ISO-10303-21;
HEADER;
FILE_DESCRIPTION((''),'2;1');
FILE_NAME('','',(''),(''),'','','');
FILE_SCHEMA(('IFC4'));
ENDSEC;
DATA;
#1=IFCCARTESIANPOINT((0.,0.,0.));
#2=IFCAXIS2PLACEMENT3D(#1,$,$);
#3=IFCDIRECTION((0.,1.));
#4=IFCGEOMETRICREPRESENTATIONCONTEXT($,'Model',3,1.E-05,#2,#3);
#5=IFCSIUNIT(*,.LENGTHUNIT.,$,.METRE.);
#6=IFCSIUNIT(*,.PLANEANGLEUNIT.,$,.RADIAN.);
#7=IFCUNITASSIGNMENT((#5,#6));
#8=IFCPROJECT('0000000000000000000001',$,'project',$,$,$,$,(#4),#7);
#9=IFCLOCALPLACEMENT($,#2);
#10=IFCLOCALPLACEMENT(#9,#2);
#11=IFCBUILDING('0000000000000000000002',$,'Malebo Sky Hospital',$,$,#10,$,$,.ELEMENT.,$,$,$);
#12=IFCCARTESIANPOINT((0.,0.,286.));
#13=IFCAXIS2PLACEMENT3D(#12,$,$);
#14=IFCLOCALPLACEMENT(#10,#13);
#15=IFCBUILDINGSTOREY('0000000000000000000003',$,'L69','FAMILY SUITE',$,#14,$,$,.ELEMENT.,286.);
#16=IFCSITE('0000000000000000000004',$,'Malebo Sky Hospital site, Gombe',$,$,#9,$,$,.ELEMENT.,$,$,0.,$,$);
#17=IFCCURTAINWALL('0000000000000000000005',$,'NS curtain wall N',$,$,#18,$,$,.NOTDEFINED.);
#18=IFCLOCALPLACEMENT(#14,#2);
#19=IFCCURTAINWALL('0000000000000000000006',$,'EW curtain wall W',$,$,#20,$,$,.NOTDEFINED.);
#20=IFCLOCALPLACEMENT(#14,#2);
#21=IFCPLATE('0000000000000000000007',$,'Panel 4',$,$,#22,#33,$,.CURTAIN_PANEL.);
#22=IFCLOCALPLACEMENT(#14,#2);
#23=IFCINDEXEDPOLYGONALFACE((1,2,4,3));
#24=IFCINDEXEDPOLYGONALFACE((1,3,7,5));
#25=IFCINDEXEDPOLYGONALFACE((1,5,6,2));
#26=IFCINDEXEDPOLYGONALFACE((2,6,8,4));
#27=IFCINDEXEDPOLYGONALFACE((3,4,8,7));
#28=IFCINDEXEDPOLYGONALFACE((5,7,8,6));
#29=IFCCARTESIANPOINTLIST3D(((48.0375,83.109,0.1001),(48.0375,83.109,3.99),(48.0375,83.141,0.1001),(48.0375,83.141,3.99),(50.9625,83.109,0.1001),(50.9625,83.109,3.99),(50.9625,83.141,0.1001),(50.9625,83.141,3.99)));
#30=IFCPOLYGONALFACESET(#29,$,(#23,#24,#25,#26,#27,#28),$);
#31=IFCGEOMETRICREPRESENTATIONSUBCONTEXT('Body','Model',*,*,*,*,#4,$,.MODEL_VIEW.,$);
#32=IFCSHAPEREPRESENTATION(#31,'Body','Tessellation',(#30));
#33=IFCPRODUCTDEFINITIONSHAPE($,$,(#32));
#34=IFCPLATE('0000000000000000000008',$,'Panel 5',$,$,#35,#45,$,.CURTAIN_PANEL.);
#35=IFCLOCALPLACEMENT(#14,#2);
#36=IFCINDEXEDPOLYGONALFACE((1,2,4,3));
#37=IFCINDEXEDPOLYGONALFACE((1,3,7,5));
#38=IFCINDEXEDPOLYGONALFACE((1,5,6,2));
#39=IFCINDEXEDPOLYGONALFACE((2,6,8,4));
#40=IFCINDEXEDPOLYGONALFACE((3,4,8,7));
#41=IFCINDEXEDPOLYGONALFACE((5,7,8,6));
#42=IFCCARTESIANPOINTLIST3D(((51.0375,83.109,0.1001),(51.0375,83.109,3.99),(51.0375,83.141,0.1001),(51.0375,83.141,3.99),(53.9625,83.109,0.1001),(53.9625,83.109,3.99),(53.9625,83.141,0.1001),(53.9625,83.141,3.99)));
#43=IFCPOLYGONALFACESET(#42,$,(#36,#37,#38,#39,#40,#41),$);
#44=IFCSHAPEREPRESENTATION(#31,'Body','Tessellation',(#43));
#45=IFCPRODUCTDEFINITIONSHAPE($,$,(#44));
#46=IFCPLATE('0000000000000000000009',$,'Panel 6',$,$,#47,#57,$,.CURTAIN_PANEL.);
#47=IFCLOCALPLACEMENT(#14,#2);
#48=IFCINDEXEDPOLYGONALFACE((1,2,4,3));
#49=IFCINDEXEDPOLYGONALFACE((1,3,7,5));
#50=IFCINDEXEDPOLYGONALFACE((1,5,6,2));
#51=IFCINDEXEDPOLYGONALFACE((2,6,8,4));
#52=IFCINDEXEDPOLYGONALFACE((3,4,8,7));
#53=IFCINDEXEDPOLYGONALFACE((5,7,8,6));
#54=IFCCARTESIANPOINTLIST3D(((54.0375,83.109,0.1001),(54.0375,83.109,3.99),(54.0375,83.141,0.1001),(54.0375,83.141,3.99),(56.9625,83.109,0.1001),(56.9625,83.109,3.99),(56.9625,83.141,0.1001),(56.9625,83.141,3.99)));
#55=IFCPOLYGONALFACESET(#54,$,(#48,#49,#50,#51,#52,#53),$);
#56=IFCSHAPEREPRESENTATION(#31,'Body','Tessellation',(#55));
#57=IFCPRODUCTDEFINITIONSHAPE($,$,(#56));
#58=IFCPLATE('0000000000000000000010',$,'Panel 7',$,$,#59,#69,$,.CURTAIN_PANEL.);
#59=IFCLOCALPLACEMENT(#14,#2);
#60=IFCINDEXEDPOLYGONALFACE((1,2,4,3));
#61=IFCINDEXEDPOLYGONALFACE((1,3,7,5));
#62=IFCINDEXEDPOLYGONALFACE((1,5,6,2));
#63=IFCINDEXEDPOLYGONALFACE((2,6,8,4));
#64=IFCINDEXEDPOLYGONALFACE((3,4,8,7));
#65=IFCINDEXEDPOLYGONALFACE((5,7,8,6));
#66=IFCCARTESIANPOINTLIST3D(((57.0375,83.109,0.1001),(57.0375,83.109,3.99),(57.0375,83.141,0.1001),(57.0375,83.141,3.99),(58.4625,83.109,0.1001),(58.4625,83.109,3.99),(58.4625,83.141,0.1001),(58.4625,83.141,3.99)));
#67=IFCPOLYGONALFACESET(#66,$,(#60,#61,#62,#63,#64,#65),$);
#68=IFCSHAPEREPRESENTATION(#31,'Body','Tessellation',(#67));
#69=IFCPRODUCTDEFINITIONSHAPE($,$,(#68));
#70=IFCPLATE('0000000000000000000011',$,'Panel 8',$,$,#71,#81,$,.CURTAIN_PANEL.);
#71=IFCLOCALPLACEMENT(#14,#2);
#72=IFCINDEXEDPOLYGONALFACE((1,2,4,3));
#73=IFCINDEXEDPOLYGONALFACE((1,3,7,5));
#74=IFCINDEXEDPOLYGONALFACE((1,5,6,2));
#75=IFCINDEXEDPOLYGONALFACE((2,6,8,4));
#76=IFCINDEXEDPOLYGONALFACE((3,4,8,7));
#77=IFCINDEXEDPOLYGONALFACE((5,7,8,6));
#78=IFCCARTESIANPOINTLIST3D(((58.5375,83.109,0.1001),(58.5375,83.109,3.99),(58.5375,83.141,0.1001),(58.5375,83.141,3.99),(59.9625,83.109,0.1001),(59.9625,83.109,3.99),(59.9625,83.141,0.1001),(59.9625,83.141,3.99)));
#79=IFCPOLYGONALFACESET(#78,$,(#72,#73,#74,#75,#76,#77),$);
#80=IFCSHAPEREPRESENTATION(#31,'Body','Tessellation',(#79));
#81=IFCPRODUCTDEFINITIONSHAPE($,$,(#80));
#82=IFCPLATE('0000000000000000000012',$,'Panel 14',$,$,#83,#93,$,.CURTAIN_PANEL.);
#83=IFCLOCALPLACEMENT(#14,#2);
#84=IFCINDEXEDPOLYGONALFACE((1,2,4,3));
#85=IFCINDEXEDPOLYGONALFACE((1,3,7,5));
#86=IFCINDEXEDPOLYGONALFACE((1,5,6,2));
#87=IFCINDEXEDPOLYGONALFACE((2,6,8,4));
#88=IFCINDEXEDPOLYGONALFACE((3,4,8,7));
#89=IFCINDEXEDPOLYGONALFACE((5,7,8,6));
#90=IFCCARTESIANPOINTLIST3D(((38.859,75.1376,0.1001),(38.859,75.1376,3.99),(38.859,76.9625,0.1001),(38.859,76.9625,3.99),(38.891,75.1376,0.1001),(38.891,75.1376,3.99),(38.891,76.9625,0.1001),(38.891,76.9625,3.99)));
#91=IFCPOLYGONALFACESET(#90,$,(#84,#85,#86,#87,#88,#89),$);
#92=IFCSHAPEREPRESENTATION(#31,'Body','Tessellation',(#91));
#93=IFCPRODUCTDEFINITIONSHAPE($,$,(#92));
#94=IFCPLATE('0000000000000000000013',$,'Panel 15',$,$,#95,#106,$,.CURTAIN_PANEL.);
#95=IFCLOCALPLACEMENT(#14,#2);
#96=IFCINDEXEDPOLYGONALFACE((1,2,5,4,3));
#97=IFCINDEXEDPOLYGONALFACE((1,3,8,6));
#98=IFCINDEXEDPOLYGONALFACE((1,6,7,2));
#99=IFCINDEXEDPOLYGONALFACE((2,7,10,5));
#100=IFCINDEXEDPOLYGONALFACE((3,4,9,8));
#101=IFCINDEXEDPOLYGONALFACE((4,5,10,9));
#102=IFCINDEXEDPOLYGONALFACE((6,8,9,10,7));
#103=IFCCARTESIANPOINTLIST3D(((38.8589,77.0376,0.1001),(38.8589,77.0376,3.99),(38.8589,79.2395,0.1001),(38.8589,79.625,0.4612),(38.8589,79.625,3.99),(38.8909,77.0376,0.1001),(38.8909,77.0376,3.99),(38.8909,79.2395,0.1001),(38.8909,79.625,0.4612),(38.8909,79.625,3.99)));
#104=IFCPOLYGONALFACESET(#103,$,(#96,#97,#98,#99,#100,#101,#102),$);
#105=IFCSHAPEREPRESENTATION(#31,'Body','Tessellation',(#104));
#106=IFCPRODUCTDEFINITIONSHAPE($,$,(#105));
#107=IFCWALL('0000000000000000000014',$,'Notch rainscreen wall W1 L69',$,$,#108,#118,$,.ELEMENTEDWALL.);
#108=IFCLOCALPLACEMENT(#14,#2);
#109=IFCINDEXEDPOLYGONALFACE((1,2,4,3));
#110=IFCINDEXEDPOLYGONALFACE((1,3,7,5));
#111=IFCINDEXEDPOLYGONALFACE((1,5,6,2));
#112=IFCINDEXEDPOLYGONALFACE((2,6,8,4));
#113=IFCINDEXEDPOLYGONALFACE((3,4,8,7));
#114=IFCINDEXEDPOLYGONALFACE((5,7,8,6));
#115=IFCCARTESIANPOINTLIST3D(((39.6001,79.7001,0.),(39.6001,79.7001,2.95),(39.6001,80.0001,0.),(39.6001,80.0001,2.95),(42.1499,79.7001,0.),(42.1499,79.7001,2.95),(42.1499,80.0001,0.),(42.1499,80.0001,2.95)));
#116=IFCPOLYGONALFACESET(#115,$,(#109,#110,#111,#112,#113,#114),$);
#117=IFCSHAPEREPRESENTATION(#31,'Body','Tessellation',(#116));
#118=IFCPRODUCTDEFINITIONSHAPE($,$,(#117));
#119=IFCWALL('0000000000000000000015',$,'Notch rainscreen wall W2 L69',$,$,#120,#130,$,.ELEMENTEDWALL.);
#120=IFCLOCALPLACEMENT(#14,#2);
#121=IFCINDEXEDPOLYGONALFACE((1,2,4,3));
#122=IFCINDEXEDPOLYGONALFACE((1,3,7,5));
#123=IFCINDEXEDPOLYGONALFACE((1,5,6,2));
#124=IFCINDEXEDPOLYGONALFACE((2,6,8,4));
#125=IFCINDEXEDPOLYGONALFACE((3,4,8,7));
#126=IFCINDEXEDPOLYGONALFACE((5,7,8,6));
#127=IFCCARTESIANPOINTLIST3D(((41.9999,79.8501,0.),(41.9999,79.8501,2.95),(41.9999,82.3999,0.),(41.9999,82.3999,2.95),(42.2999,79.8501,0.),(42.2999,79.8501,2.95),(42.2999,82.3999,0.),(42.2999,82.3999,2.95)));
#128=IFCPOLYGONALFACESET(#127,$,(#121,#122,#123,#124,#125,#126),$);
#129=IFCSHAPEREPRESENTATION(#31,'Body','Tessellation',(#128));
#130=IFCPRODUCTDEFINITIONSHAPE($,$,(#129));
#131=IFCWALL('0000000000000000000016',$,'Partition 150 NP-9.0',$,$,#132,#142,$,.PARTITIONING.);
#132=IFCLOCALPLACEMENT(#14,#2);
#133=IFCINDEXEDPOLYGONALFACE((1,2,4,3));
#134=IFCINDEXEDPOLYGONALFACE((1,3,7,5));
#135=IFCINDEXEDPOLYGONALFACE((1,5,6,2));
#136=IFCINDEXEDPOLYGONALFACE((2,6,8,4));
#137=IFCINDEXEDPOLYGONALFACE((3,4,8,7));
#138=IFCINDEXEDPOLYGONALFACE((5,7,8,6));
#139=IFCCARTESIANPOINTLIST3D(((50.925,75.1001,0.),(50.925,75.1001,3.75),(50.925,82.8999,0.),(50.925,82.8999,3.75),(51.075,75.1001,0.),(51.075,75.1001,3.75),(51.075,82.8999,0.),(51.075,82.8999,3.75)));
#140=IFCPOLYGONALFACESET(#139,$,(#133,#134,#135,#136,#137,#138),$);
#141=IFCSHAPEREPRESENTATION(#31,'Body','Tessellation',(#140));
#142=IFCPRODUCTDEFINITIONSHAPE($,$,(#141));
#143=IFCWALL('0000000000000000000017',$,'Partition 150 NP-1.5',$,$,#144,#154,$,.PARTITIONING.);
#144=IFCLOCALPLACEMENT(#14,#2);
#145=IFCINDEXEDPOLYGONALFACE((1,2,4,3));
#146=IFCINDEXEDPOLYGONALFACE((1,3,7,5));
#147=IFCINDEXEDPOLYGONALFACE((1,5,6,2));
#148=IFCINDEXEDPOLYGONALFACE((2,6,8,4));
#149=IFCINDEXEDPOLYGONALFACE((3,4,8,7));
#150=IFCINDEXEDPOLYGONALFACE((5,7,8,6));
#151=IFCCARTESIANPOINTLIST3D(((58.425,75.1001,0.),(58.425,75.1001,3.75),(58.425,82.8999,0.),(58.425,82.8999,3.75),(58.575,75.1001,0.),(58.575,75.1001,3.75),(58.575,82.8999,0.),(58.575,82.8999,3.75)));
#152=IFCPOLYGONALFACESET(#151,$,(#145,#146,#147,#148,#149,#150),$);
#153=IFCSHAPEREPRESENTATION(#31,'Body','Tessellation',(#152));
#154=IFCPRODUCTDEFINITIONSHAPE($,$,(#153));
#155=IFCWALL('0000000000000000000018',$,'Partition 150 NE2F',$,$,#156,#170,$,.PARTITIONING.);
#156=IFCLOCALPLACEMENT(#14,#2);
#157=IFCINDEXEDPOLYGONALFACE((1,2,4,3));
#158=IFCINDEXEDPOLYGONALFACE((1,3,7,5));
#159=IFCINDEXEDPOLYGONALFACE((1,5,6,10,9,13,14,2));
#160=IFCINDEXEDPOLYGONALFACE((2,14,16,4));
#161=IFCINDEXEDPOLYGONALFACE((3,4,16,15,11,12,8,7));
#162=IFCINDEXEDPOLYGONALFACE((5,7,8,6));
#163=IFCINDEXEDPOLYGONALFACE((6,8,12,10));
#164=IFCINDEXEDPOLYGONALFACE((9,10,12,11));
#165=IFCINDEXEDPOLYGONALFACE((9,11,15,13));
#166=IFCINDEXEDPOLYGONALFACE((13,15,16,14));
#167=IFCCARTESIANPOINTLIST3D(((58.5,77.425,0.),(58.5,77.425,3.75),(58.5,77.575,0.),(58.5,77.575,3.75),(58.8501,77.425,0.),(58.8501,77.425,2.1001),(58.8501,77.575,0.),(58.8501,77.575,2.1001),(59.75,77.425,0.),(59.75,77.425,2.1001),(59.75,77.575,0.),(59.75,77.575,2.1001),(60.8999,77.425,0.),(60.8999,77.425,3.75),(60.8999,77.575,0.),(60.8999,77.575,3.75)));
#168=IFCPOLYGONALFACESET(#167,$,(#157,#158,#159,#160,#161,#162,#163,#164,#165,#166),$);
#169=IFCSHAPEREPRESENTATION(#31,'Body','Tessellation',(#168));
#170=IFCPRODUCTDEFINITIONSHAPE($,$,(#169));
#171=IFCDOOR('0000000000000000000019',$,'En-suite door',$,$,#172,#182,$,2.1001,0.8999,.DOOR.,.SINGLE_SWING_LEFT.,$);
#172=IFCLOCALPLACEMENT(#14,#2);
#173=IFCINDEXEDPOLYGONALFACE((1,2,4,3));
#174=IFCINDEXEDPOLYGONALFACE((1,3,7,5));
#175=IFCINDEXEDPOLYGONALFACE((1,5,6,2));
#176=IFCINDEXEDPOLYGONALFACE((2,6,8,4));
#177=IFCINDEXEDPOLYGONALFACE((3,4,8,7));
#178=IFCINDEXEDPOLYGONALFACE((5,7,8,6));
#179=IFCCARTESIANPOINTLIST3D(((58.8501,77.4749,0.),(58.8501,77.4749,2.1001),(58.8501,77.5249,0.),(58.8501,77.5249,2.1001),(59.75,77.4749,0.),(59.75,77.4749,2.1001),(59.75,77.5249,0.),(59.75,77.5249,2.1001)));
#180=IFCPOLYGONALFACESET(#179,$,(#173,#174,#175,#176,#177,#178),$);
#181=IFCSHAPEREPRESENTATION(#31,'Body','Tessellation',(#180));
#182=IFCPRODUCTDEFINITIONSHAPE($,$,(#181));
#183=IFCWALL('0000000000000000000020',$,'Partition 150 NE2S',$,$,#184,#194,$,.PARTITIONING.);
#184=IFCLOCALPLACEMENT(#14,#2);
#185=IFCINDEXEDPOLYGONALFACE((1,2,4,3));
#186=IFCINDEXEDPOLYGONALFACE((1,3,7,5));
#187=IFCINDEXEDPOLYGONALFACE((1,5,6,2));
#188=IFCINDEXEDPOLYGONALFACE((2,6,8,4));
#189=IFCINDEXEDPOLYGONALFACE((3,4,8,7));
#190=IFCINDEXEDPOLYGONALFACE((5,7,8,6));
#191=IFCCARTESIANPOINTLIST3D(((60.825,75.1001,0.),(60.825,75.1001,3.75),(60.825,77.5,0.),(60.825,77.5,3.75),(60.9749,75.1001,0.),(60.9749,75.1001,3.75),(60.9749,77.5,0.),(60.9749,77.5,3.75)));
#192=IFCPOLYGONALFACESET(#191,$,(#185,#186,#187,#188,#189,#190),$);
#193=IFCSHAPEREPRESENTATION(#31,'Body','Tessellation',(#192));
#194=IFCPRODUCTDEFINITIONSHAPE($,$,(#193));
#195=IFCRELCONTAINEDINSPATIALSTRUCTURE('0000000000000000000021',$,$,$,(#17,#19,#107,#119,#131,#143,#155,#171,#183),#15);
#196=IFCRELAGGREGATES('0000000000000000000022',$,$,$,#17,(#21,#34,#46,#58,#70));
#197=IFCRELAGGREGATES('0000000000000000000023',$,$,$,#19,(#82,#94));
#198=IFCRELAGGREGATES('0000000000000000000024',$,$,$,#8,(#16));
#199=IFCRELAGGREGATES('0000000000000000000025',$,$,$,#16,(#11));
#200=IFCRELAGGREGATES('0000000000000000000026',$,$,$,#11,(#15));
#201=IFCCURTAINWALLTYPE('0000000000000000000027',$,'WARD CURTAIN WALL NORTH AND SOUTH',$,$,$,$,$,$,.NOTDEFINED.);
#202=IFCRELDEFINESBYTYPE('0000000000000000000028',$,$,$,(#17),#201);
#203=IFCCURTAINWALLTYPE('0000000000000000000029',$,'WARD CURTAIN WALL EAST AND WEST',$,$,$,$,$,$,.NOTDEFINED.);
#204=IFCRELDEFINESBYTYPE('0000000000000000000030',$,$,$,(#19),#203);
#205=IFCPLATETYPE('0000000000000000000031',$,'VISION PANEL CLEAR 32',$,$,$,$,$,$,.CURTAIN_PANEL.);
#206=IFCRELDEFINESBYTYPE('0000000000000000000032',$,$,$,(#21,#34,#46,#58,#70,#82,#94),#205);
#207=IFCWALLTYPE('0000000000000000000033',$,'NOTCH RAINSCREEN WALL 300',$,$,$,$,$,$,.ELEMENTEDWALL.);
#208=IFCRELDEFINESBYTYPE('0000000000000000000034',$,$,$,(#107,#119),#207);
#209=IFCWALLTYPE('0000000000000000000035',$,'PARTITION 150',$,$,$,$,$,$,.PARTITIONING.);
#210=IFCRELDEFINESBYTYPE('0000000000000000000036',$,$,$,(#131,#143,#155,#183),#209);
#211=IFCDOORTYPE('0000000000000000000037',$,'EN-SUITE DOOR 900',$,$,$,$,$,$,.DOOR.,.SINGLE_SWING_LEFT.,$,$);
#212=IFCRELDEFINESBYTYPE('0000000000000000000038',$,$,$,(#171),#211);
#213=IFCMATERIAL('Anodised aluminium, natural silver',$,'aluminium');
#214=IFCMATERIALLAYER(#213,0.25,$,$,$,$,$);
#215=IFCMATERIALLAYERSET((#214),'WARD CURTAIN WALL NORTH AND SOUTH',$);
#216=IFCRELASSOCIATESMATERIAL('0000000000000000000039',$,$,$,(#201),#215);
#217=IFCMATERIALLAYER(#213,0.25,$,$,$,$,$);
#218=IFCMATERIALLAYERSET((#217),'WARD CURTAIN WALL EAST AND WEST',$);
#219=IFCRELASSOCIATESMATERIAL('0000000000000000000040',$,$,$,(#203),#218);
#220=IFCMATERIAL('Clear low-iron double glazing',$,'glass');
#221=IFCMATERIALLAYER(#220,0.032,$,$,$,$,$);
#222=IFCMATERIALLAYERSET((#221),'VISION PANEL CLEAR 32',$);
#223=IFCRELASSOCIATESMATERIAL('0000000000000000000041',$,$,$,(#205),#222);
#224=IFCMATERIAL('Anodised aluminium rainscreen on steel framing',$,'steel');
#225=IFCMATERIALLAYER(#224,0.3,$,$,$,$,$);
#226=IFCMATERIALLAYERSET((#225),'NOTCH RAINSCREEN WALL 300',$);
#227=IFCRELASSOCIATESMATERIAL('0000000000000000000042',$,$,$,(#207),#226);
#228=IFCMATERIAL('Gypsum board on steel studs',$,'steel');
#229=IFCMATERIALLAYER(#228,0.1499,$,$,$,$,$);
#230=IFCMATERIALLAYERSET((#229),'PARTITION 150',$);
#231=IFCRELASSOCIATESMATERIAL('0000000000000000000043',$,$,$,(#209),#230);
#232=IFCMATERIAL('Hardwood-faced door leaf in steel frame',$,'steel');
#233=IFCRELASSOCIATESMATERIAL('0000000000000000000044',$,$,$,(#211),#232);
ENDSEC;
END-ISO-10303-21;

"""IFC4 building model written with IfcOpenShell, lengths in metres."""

from ifc_helpers import new_model, si_unit, direction, frame, frame_2d, origin, origin_2d, place, context, subcontext, project, spatial, polyline, rectangle, outline, extrude, material, layer, layer_set, type_object, element, fill, aggregate, save


model = new_model("IFC4")

# Units and contexts
model_context = context("Model", 3, precision=1e-05, world=origin(), true_north=direction((0.0, 1.0)))
body_context = subcontext(model_context, "Body", "Model", "MODEL_VIEW")
ifc_project = project(units=[si_unit("LENGTHUNIT", "METRE"), si_unit("PLANEANGLEUNIT", "RADIAN")], contexts=[model_context])

# Site, building, storey
site_placement = place(None, origin())
site = spatial("IfcSite", under=ifc_project, at=site_placement, Name="Malebo Sky Hospital site, Gombe", CompositionType="ELEMENT", RefElevation=0.0)
building_placement = place(site_placement, origin())
building = spatial("IfcBuilding", under=site, at=building_placement, Name="Malebo Sky Hospital", CompositionType="ELEMENT")
storey_placement = place(building_placement, frame((0.0, 0.0, 286.0)))
storey = spatial("IfcBuildingStorey", under=building, at=storey_placement, Name="L69", Description="FAMILY SUITE", CompositionType="ELEMENT", Elevation=286.0)

# Curtain walls
ifc_material_1 = material(Name="Anodised aluminium, natural silver", Category="aluminium")
ifc_layer_1 = layer(ifc_material_1, 0.25)
ifc_layer_set_1 = layer_set([ifc_layer_1], Name="WARD CURTAIN WALL NORTH AND SOUTH")
curtain_wall_type_1 = type_object("IfcCurtainWallType", Name="WARD CURTAIN WALL NORTH AND SOUTH", PredefinedType="NOTDEFINED", material=ifc_layer_set_1)
curtain_wall_1_placement = place(storey_placement, origin())
curtain_wall_1 = element("IfcCurtainWall", 1, at=curtain_wall_1_placement, inside=storey, type_object=curtain_wall_type_1, Name="NS curtain wall N", PredefinedType="NOTDEFINED")
ifc_layer_2 = layer(ifc_material_1, 0.25)
ifc_layer_set_2 = layer_set([ifc_layer_2], Name="WARD CURTAIN WALL EAST AND WEST")
curtain_wall_type_2 = type_object("IfcCurtainWallType", Name="WARD CURTAIN WALL EAST AND WEST", PredefinedType="NOTDEFINED", material=ifc_layer_set_2)
curtain_wall_2_placement = place(storey_placement, origin())
curtain_wall_2 = element("IfcCurtainWall", 2, at=curtain_wall_2_placement, inside=storey, type_object=curtain_wall_type_2, Name="EW curtain wall W", PredefinedType="NOTDEFINED")

# Plates
ifc_material_2 = material(Name="Clear low-iron double glazing", Category="glass")
ifc_layer_3 = layer(ifc_material_2, 0.032)
ifc_layer_set_3 = layer_set([ifc_layer_3], Name="VISION PANEL CLEAR 32")
plate_type = type_object("IfcPlateType", Name="VISION PANEL CLEAR 32", PredefinedType="CURTAIN_PANEL", material=ifc_layer_set_3)
plate_1_placement = place(storey_placement, frame((49.5, 83.125, 0.1001), z_axis=(0.0, 0.0, 1.0), x_axis=(1.0, 0.0, 0.0)))
plate_1 = element("IfcPlate", 3, at=plate_1_placement, type_object=plate_type, Name="Panel 4", PredefinedType="CURTAIN_PANEL", context=body_context, shape_type="SweptSolid", body=[
    extrude(rectangle(XDim=2.925, YDim=0.032, at=origin_2d()), origin(), (0.0, 0.0, 1.0), 3.8899),
])
plate_2_placement = place(storey_placement, frame((52.5, 83.125, 0.1001), z_axis=(0.0, 0.0, 1.0), x_axis=(1.0, 0.0, 0.0)))
plate_2 = element("IfcPlate", 4, at=plate_2_placement, type_object=plate_type, Name="Panel 5", PredefinedType="CURTAIN_PANEL", context=body_context, shape_type="SweptSolid", body=[
    extrude(rectangle(XDim=2.925, YDim=0.032, at=origin_2d()), origin(), (0.0, 0.0, 1.0), 3.8899),
])
plate_3_placement = place(storey_placement, frame((55.5, 83.125, 0.1001), z_axis=(0.0, 0.0, 1.0), x_axis=(1.0, 0.0, 0.0)))
plate_3 = element("IfcPlate", 5, at=plate_3_placement, type_object=plate_type, Name="Panel 6", PredefinedType="CURTAIN_PANEL", context=body_context, shape_type="SweptSolid", body=[
    extrude(rectangle(XDim=2.925, YDim=0.032, at=origin_2d()), origin(), (0.0, 0.0, 1.0), 3.8899),
])
plate_4_placement = place(storey_placement, frame((57.75, 83.125, 0.1001), z_axis=(0.0, 0.0, 1.0), x_axis=(1.0, 0.0, 0.0)))
plate_4 = element("IfcPlate", 6, at=plate_4_placement, type_object=plate_type, Name="Panel 7", PredefinedType="CURTAIN_PANEL", context=body_context, shape_type="SweptSolid", body=[
    extrude(rectangle(XDim=1.425, YDim=0.032, at=origin_2d()), origin(), (0.0, 0.0, 1.0), 3.8899),
])
plate_5_placement = place(storey_placement, frame((59.25, 83.125, 0.1001), z_axis=(0.0, 0.0, 1.0), x_axis=(1.0, 0.0, 0.0)))
plate_5 = element("IfcPlate", 7, at=plate_5_placement, type_object=plate_type, Name="Panel 8", PredefinedType="CURTAIN_PANEL", context=body_context, shape_type="SweptSolid", body=[
    extrude(rectangle(XDim=1.425, YDim=0.032, at=origin_2d()), origin(), (0.0, 0.0, 1.0), 3.8899),
])
aggregate(curtain_wall_1, [plate_1, plate_2, plate_3, plate_4, plate_5])
plate_6_placement = place(storey_placement, frame((38.875, 76.05, 0.1001), z_axis=(0.0, 0.0, 1.0), x_axis=(0.0, 1.0, 0.0)))
plate_6 = element("IfcPlate", 8, at=plate_6_placement, type_object=plate_type, Name="Panel 14", PredefinedType="CURTAIN_PANEL", context=body_context, shape_type="SweptSolid", body=[
    extrude(rectangle(XDim=1.825, YDim=0.032, at=origin_2d()), origin(), (0.0, 0.0, 1.0), 3.8899),
])
plate_7_placement = place(storey_placement, frame((38.875, 78.3313, 0.1001), z_axis=(0.0, 0.0, 1.0), x_axis=(0.0, 1.0, 0.0)))
plate_7 = element("IfcPlate", 9, at=plate_7_placement, type_object=plate_type, Name="Panel 15", PredefinedType="CURTAIN_PANEL", context=body_context, shape_type="SweptSolid", body=[
    extrude(outline(polyline([(-1.2937, 0.0), (0.9082, 0.0), (1.2937, 0.3611), (1.2937, 3.8899), (-1.2937, 3.8899), (-1.2937, 0.0)])), frame((0.0, 0.0161, 0.0), z_axis=(0.0, -1.0, 0.0), x_axis=(1.0, 0.0, 0.0)), (0.0, 0.0, 1.0), 0.032),
])
aggregate(curtain_wall_2, [plate_6, plate_7])

# Walls
ifc_material_3 = material(Name="Anodised aluminium rainscreen on steel framing", Category="steel")
ifc_layer_4 = layer(ifc_material_3, 0.3)
ifc_layer_set_4 = layer_set([ifc_layer_4], Name="NOTCH RAINSCREEN WALL 300")
wall_type_1 = type_object("IfcWallType", Name="NOTCH RAINSCREEN WALL 300", PredefinedType="ELEMENTEDWALL", material=ifc_layer_set_4)
for number, where, z_axis, x_axis, name in (
    (10, (39.6001, 79.8501, 0.0), (0.0, 0.0, 1.0), (1.0, 0.0, 0.0), "Notch rainscreen wall W1 L69"),
    (11, (42.1499, 79.8501, 0.0), (0.0, 0.0, 1.0), (0.0, 1.0, 0.0), "Notch rainscreen wall W2 L69"),
):
    element("IfcWall", number, at=place(storey_placement, frame(where, z_axis=z_axis, x_axis=x_axis)), inside=storey, type_object=wall_type_1, Name=name, PredefinedType="ELEMENTEDWALL", context=body_context, shape_type="SweptSolid", body=[
        extrude(rectangle(XDim=2.5498, YDim=0.3, at=frame_2d((1.2749, 0.0))), origin(), (0.0, 0.0, 1.0), 2.95),
    ])
ifc_material_4 = material(Name="Gypsum board on steel studs", Category="steel")
ifc_layer_5 = layer(ifc_material_4, 0.1499)
ifc_layer_set_5 = layer_set([ifc_layer_5], Name="PARTITION 150")
wall_type_2 = type_object("IfcWallType", Name="PARTITION 150", PredefinedType="PARTITIONING", material=ifc_layer_set_5)
for number, where, z_axis, x_axis, name in (
    (12, (51.0, 75.1001, 0.0), (0.0, 0.0, 1.0), (0.0, 1.0, 0.0), "Partition 150 NP-9.0"),
    (13, (58.5, 75.1001, 0.0), (0.0, 0.0, 1.0), (0.0, 1.0, 0.0), "Partition 150 NP-1.5"),
):
    element("IfcWall", number, at=place(storey_placement, frame(where, z_axis=z_axis, x_axis=x_axis)), inside=storey, type_object=wall_type_2, Name=name, PredefinedType="PARTITIONING", context=body_context, shape_type="SweptSolid", body=[
        extrude(rectangle(XDim=7.7998, YDim=0.1499, at=frame_2d((3.8999, 0.0))), origin(), (0.0, 0.0, 1.0), 3.75),
    ])

# Wall, opening, door
wall_1_placement = place(storey_placement, frame((58.5, 77.5, 0.0), z_axis=(0.0, 0.0, 1.0), x_axis=(1.0, 0.0, 0.0)))
wall_1 = element("IfcWall", 14, at=wall_1_placement, inside=storey, type_object=wall_type_2, Name="Partition 150 NE2F", PredefinedType="PARTITIONING", context=body_context, shape_type="SweptSolid", body=[
    extrude(rectangle(XDim=2.3999, YDim=0.1499, at=frame_2d((1.2, 0.0))), origin(), (0.0, 0.0, 1.0), 3.75),
])
opening_1_placement = place(wall_1_placement, frame((0.3501, 0.0, 0.0)))
opening_1 = element("IfcOpeningElement", 15, at=opening_1_placement, cuts=wall_1, PredefinedType="OPENING", context=body_context, shape_type="SweptSolid", body=[
    extrude(rectangle(XDim=0.8999, YDim=2.1001, at=frame_2d((0.45, 1.05))), frame((0.0, 0.085, 0.0), z_axis=(0.0, -1.0, 0.0), x_axis=(1.0, 0.0, 0.0)), (0.0, 0.0, 1.0), 0.1699),
])
ifc_material_5 = material(Name="Hardwood-faced door leaf in steel frame", Category="steel")
door_type_1 = type_object("IfcDoorType", Name="EN-SUITE DOOR 900", OperationType="SINGLE_SWING_LEFT", PredefinedType="DOOR", material=ifc_material_5)
door_1_placement = place(opening_1_placement, origin())
door_1 = element("IfcDoor", 16, at=door_1_placement, inside=storey, type_object=door_type_1, Name="En-suite door", OperationType="SINGLE_SWING_LEFT", OverallHeight=2.1001, OverallWidth=0.8999, PredefinedType="DOOR", context=body_context, shape_type="SweptSolid", body=[
    extrude(rectangle(XDim=0.8999, YDim=2.1001, at=frame_2d((0.45, 1.05))), frame((0.0, 0.0249, 0.0), z_axis=(0.0, -1.0, 0.0), x_axis=(1.0, 0.0, 0.0)), (0.0, 0.0, 1.0), 0.05),
])
fill(opening_1, door_1)

# Wall
wall_2_placement = place(storey_placement, frame((60.8999, 75.1001, 0.0), z_axis=(0.0, 0.0, 1.0), x_axis=(0.0, 1.0, 0.0)))
element("IfcWall", 17, at=wall_2_placement, inside=storey, type_object=wall_type_2, Name="Partition 150 NE2S", PredefinedType="PARTITIONING", context=body_context, shape_type="SweptSolid", body=[
    extrude(rectangle(XDim=2.3999, YDim=0.1499, at=frame_2d((1.2, 0.0))), origin(), (0.0, 0.0, 1.0), 3.75),
])

save(model, "model.ifc")
